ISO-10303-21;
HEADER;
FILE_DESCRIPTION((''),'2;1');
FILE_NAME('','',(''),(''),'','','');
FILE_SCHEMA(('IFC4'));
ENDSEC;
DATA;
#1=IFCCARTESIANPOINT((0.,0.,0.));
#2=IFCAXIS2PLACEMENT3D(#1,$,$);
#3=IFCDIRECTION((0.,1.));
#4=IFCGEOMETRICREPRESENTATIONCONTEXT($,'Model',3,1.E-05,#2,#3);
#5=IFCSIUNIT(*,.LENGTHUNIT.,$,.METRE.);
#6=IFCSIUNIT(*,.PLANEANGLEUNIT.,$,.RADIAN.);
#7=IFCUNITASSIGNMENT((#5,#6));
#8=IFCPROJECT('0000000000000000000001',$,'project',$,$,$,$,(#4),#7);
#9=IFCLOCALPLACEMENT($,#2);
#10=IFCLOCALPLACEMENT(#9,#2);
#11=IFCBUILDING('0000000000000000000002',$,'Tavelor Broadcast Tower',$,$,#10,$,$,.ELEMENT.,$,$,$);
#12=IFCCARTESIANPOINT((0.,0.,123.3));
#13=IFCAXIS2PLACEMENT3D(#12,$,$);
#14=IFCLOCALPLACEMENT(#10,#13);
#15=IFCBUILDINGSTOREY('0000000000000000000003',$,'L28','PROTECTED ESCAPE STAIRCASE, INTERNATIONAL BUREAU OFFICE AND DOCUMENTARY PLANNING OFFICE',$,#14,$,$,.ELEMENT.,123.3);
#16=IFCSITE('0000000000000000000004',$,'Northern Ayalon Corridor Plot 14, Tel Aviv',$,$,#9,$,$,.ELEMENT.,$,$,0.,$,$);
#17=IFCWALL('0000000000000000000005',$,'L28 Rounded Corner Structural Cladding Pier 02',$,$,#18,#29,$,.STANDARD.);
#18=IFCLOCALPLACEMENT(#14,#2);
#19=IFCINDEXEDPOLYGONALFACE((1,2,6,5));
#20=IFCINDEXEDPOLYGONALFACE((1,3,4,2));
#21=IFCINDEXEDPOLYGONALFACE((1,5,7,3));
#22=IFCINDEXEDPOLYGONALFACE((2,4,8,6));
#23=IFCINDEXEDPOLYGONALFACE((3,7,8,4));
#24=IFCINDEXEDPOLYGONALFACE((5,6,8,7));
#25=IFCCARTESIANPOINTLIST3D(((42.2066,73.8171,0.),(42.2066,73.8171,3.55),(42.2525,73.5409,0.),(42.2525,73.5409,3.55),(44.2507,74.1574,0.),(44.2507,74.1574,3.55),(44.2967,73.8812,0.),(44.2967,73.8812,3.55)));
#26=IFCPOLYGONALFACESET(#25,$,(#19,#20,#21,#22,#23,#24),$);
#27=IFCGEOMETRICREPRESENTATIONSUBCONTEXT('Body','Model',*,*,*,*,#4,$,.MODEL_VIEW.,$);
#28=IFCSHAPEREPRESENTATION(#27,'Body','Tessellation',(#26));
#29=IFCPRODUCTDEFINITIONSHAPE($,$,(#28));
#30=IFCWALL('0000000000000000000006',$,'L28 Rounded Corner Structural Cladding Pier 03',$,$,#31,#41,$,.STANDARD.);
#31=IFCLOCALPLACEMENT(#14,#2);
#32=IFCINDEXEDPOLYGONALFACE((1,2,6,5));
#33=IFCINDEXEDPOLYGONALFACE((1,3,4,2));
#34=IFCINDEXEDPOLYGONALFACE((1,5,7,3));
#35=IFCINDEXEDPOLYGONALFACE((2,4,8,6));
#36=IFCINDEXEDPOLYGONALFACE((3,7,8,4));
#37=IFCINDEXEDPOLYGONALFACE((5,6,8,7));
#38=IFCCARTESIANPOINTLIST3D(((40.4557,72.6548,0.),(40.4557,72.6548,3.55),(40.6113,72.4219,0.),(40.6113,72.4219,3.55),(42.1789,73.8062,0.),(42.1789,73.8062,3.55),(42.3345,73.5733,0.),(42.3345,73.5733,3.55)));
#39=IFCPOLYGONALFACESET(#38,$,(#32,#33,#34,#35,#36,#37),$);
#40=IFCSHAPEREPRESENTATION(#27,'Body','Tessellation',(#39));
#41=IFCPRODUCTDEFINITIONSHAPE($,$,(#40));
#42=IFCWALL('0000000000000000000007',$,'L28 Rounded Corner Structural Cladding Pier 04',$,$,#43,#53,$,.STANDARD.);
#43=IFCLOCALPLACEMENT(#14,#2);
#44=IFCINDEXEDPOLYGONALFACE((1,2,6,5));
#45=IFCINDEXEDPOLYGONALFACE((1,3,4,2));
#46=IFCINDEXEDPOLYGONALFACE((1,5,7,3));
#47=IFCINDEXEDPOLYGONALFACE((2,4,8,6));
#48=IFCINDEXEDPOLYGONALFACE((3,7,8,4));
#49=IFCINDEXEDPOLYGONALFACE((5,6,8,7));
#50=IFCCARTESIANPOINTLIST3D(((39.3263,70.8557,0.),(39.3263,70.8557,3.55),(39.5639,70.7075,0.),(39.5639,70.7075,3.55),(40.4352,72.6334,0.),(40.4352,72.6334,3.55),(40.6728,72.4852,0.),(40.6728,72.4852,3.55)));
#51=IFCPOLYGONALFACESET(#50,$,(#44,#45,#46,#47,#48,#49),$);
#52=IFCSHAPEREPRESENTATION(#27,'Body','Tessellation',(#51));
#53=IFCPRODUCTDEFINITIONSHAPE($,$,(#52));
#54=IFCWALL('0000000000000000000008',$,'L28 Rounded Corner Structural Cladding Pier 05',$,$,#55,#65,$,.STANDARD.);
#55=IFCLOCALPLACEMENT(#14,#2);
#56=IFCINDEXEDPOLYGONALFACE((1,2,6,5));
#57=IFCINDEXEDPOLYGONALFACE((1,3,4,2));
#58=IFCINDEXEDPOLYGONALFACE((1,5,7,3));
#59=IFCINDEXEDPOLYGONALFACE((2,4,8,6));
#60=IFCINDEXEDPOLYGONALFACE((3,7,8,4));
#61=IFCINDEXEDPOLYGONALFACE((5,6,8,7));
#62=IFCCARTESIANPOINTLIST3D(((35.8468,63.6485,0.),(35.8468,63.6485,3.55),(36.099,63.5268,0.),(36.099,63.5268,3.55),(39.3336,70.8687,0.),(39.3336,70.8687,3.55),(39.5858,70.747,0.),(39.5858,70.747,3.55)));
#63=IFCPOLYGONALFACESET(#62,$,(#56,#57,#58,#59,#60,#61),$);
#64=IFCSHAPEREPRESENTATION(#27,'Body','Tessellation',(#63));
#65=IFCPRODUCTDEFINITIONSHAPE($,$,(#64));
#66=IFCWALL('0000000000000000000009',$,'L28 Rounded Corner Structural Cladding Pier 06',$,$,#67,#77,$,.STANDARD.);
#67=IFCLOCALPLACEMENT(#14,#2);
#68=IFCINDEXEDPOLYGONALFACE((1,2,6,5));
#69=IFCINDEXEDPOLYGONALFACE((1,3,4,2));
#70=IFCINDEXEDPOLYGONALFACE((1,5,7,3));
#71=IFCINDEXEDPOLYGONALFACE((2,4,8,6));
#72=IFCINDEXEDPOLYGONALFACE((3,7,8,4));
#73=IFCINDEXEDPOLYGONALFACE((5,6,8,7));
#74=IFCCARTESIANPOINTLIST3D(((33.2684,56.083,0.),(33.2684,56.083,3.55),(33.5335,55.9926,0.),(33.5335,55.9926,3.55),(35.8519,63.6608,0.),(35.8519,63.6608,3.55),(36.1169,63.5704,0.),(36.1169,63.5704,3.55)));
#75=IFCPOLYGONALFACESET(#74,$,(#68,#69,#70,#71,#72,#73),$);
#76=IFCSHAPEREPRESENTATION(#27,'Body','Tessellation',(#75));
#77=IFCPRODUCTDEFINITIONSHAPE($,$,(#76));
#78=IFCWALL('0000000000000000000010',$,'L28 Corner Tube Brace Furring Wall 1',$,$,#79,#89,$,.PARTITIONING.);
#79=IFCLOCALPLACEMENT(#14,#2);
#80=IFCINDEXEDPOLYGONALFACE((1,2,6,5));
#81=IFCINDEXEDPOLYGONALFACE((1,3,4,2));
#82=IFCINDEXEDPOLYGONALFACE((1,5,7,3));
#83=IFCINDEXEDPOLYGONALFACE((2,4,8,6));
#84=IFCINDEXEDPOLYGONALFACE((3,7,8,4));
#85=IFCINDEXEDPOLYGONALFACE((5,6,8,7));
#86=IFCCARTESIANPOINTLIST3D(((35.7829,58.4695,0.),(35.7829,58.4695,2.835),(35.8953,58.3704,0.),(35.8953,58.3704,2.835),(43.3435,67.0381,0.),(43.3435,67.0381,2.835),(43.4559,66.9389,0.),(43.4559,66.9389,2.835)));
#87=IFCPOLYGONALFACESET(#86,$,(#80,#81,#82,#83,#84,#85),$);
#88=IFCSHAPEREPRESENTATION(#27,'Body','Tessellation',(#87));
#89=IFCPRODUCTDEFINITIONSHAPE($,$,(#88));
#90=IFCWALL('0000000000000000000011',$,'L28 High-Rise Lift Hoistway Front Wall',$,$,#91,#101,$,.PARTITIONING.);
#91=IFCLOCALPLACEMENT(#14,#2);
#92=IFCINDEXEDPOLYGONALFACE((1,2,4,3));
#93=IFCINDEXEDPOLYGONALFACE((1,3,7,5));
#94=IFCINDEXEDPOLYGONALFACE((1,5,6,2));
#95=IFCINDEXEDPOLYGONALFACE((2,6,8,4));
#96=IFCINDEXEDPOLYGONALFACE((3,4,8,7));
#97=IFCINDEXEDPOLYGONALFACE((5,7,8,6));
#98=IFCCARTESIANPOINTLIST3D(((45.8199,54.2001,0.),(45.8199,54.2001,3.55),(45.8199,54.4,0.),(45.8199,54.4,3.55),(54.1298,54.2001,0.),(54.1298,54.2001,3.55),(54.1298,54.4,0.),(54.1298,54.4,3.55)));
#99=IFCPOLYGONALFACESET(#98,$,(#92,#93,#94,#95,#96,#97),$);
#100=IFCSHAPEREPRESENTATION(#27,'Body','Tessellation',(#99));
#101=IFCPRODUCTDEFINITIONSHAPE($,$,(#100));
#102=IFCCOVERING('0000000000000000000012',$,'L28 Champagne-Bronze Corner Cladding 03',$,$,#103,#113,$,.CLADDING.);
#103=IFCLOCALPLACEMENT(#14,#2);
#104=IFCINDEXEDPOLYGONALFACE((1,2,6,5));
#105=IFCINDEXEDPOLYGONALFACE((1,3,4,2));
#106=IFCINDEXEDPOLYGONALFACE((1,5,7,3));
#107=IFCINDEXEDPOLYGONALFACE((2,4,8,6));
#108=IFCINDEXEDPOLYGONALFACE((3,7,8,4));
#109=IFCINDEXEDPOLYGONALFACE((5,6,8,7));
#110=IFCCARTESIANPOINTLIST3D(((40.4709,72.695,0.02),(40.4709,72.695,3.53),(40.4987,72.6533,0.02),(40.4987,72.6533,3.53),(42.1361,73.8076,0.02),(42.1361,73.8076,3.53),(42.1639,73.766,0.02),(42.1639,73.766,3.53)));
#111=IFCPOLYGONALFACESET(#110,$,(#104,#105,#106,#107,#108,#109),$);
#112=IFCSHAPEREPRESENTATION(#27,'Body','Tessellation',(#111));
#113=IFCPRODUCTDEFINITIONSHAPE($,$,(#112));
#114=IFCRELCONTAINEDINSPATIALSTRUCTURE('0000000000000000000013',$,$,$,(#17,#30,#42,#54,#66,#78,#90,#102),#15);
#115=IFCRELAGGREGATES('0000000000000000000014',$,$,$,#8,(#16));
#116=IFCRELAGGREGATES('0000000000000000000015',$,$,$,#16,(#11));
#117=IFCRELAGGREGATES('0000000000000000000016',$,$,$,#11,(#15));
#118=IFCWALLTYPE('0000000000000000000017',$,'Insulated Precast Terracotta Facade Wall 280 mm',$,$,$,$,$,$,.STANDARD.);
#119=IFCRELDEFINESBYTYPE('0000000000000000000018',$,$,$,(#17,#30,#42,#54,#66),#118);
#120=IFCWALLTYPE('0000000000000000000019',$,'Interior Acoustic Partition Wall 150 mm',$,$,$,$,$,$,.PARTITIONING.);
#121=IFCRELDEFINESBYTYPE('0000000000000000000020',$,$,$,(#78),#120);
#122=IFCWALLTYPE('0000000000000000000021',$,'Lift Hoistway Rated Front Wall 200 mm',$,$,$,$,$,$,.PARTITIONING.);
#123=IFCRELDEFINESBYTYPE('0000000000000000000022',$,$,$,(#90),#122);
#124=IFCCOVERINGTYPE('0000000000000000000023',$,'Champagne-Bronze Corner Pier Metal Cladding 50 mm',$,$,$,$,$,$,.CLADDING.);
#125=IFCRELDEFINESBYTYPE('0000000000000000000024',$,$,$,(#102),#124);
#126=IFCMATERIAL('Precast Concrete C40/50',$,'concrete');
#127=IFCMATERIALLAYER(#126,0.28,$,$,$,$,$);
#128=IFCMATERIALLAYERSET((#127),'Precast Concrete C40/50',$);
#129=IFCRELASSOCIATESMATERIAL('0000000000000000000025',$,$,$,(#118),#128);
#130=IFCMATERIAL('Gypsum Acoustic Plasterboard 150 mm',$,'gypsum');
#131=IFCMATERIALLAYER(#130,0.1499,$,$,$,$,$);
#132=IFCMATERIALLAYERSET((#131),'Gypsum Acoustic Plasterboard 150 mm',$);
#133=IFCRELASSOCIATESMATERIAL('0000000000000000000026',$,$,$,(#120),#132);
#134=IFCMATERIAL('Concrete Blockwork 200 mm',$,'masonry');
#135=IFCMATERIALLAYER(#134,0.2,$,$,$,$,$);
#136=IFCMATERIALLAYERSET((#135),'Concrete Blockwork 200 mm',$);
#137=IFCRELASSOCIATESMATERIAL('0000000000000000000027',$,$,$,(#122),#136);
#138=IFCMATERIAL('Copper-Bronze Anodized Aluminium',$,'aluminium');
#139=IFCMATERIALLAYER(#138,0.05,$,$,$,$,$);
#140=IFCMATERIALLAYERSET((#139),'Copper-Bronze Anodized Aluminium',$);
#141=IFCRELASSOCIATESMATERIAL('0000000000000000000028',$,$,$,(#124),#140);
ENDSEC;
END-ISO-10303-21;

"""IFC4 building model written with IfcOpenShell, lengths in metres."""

from ifc_helpers import new_model, si_unit, direction, frame, frame_2d, origin, origin_2d, place, context, subcontext, project, spatial, rectangle, extrude, material, layer, layer_set, type_object, element, save


model = new_model("IFC4")

# Units and contexts
model_context = context("Model", 3, precision=1e-05, world=origin(), true_north=direction((0.0, 1.0)))
body_context = subcontext(model_context, "Body", "Model", "MODEL_VIEW")
ifc_project = project(units=[si_unit("LENGTHUNIT", "METRE"), si_unit("PLANEANGLEUNIT", "RADIAN")], contexts=[model_context])

# Site, building, storey
site_placement = place(None, origin())
site = spatial("IfcSite", under=ifc_project, at=site_placement, Name="Northern Ayalon Corridor Plot 14, Tel Aviv", CompositionType="ELEMENT", RefElevation=0.0)
building_placement = place(site_placement, origin())
building = spatial("IfcBuilding", under=site, at=building_placement, Name="Tavelor Broadcast Tower", CompositionType="ELEMENT")
storey_placement = place(building_placement, frame((0.0, 0.0, 123.3)))
storey = spatial("IfcBuildingStorey", under=building, at=storey_placement, Name="L28", Description="PROTECTED ESCAPE STAIRCASE, INTERNATIONAL BUREAU OFFICE AND DOCUMENTARY PLANNING OFFICE", CompositionType="ELEMENT", Elevation=123.3)

# Walls
ifc_material_1 = material(Name="Precast Concrete C40/50", Category="concrete")
ifc_layer_1 = layer(ifc_material_1, 0.28)
ifc_layer_set_1 = layer_set([ifc_layer_1], Name="Precast Concrete C40/50")
wall_type_1 = type_object("IfcWallType", Name="Insulated Precast Terracotta Facade Wall 280 mm", PredefinedType="STANDARD", material=ifc_layer_set_1)
wall_1_placement = place(storey_placement, frame((44.2737, 74.0193, 0.0), z_axis=(0.0, 0.0, 1.0), x_axis=(-0.986423, -0.164227, 0.0)))
element("IfcWall", 1, at=wall_1_placement, inside=storey, type_object=wall_type_1, Name="L28 Rounded Corner Structural Cladding Pier 02", PredefinedType="STANDARD", context=body_context, shape_type="SweptSolid", body=[
    extrude(rectangle(XDim=2.0723, YDim=0.28, at=frame_2d((1.0361, 0.0))), origin(), (0.0, 0.0, 1.0), 3.55),
])
wall_2_placement = place(storey_placement, frame((42.2566, 73.6897, 0.0), z_axis=(0.0, 0.0, 1.0), x_axis=(-0.83147, -0.55557, 0.0)))
element("IfcWall", 2, at=wall_2_placement, inside=storey, type_object=wall_type_1, Name="L28 Rounded Corner Structural Cladding Pier 03", PredefinedType="STANDARD", context=body_context, shape_type="SweptSolid", body=[
    extrude(rectangle(XDim=2.0725, YDim=0.28, at=frame_2d((1.0361, 0.0))), origin(), (0.0, 0.0, 1.0), 3.55),
])
wall_3_placement = place(storey_placement, frame((40.554, 72.5593, 0.0), z_axis=(0.0, 0.0, 1.0), x_axis=(-0.529224, -0.848482, 0.0)))
element("IfcWall", 3, at=wall_3_placement, inside=storey, type_object=wall_type_1, Name="L28 Rounded Corner Structural Cladding Pier 04", PredefinedType="STANDARD", context=body_context, shape_type="SweptSolid", body=[
    extrude(rectangle(XDim=2.0952, YDim=0.28, at=frame_2d((1.0476, 0.0))), origin(), (0.0, 0.0, 1.0), 3.55),
])
wall_4_placement = place(storey_placement, frame((39.4597, 70.8079, 0.0), z_axis=(0.0, 0.0, 1.0), x_axis=(-0.43487, -0.900493, 0.0)))
element("IfcWall", 4, at=wall_4_placement, inside=storey, type_object=wall_type_1, Name="L28 Rounded Corner Structural Cladding Pier 05", PredefinedType="STANDARD", context=body_context, shape_type="SweptSolid", body=[
    extrude(rectangle(XDim=8.0181, YDim=0.28, at=frame_2d((4.009, 0.0))), origin(), (0.0, 0.0, 1.0), 3.55),
])
wall_5_placement = place(storey_placement, frame((35.9844, 63.6155, 0.0), z_axis=(0.0, 0.0, 1.0), x_axis=(-0.322688, -0.946505, 0.0)))
element("IfcWall", 5, at=wall_5_placement, inside=storey, type_object=wall_type_1, Name="L28 Rounded Corner Structural Cladding Pier 06", PredefinedType="STANDARD", context=body_context, shape_type="SweptSolid", body=[
    extrude(rectangle(XDim=8.0061, YDim=0.28, at=frame_2d((4.0029, 0.0))), origin(), (0.0, 0.0, 1.0), 3.55),
])
ifc_material_2 = material(Name="Gypsum Acoustic Plasterboard 150 mm", Category="gypsum")
ifc_layer_2 = layer(ifc_material_2, 0.1499)
ifc_layer_set_2 = layer_set([ifc_layer_2], Name="Gypsum Acoustic Plasterboard 150 mm")
wall_type_2 = type_object("IfcWallType", Name="Interior Acoustic Partition Wall 150 mm", PredefinedType="PARTITIONING", material=ifc_layer_set_2)
wall_6_placement = place(storey_placement, frame((43.3997, 66.9885, 0.0), z_axis=(0.0, 0.0, 1.0), x_axis=(-0.661622, -0.749837, 0.0)))
element("IfcWall", 6, at=wall_6_placement, inside=storey, type_object=wall_type_2, Name="L28 Corner Tube Brace Furring Wall 1", PredefinedType="PARTITIONING", context=body_context, shape_type="SweptSolid", body=[
    extrude(rectangle(XDim=11.4272, YDim=0.1499, at=frame_2d((5.7136, 0.0))), origin(), (0.0, 0.0, 1.0), 2.835),
])
ifc_material_3 = material(Name="Concrete Blockwork 200 mm", Category="masonry")
ifc_layer_3 = layer(ifc_material_3, 0.2)
ifc_layer_set_3 = layer_set([ifc_layer_3], Name="Concrete Blockwork 200 mm")
wall_type_3 = type_object("IfcWallType", Name="Lift Hoistway Rated Front Wall 200 mm", PredefinedType="PARTITIONING", material=ifc_layer_set_3)
wall_7_placement = place(storey_placement, frame((45.8201, 54.3, 0.0), z_axis=(0.0, 0.0, 1.0), x_axis=(1.0, 0.0, 0.0)))
element("IfcWall", 7, at=wall_7_placement, inside=storey, type_object=wall_type_3, Name="L28 High-Rise Lift Hoistway Front Wall", PredefinedType="PARTITIONING", context=body_context, shape_type="SweptSolid", body=[
    extrude(rectangle(XDim=8.3098, YDim=0.2, at=frame_2d((4.1548, 0.0))), origin(), (0.0, 0.0, 1.0), 3.55),
])

# Covering
ifc_material_4 = material(Name="Copper-Bronze Anodized Aluminium", Category="aluminium")
ifc_layer_4 = layer(ifc_material_4, 0.05)
ifc_layer_set_4 = layer_set([ifc_layer_4], Name="Copper-Bronze Anodized Aluminium")
covering_type = type_object("IfcCoveringType", Name="Champagne-Bronze Corner Pier Metal Cladding 50 mm", PredefinedType="CLADDING", material=ifc_layer_set_4)
covering_placement = place(storey_placement, frame((41.3174, 73.2305, 0.02), z_axis=(0.0, 0.0, 1.0), x_axis=(-0.83147, -0.55557, 0.0)))
element("IfcCovering", 8, at=covering_placement, inside=storey, type_object=covering_type, Name="L28 Champagne-Bronze Corner Cladding 03", PredefinedType="CLADDING", context=body_context, shape_type="SweptSolid", body=[
    extrude(rectangle(XDim=2.0027, YDim=0.05, at=origin_2d()), origin(), (0.0, 0.0, 1.0), 3.51),
])

save(model, "model.ifc")
